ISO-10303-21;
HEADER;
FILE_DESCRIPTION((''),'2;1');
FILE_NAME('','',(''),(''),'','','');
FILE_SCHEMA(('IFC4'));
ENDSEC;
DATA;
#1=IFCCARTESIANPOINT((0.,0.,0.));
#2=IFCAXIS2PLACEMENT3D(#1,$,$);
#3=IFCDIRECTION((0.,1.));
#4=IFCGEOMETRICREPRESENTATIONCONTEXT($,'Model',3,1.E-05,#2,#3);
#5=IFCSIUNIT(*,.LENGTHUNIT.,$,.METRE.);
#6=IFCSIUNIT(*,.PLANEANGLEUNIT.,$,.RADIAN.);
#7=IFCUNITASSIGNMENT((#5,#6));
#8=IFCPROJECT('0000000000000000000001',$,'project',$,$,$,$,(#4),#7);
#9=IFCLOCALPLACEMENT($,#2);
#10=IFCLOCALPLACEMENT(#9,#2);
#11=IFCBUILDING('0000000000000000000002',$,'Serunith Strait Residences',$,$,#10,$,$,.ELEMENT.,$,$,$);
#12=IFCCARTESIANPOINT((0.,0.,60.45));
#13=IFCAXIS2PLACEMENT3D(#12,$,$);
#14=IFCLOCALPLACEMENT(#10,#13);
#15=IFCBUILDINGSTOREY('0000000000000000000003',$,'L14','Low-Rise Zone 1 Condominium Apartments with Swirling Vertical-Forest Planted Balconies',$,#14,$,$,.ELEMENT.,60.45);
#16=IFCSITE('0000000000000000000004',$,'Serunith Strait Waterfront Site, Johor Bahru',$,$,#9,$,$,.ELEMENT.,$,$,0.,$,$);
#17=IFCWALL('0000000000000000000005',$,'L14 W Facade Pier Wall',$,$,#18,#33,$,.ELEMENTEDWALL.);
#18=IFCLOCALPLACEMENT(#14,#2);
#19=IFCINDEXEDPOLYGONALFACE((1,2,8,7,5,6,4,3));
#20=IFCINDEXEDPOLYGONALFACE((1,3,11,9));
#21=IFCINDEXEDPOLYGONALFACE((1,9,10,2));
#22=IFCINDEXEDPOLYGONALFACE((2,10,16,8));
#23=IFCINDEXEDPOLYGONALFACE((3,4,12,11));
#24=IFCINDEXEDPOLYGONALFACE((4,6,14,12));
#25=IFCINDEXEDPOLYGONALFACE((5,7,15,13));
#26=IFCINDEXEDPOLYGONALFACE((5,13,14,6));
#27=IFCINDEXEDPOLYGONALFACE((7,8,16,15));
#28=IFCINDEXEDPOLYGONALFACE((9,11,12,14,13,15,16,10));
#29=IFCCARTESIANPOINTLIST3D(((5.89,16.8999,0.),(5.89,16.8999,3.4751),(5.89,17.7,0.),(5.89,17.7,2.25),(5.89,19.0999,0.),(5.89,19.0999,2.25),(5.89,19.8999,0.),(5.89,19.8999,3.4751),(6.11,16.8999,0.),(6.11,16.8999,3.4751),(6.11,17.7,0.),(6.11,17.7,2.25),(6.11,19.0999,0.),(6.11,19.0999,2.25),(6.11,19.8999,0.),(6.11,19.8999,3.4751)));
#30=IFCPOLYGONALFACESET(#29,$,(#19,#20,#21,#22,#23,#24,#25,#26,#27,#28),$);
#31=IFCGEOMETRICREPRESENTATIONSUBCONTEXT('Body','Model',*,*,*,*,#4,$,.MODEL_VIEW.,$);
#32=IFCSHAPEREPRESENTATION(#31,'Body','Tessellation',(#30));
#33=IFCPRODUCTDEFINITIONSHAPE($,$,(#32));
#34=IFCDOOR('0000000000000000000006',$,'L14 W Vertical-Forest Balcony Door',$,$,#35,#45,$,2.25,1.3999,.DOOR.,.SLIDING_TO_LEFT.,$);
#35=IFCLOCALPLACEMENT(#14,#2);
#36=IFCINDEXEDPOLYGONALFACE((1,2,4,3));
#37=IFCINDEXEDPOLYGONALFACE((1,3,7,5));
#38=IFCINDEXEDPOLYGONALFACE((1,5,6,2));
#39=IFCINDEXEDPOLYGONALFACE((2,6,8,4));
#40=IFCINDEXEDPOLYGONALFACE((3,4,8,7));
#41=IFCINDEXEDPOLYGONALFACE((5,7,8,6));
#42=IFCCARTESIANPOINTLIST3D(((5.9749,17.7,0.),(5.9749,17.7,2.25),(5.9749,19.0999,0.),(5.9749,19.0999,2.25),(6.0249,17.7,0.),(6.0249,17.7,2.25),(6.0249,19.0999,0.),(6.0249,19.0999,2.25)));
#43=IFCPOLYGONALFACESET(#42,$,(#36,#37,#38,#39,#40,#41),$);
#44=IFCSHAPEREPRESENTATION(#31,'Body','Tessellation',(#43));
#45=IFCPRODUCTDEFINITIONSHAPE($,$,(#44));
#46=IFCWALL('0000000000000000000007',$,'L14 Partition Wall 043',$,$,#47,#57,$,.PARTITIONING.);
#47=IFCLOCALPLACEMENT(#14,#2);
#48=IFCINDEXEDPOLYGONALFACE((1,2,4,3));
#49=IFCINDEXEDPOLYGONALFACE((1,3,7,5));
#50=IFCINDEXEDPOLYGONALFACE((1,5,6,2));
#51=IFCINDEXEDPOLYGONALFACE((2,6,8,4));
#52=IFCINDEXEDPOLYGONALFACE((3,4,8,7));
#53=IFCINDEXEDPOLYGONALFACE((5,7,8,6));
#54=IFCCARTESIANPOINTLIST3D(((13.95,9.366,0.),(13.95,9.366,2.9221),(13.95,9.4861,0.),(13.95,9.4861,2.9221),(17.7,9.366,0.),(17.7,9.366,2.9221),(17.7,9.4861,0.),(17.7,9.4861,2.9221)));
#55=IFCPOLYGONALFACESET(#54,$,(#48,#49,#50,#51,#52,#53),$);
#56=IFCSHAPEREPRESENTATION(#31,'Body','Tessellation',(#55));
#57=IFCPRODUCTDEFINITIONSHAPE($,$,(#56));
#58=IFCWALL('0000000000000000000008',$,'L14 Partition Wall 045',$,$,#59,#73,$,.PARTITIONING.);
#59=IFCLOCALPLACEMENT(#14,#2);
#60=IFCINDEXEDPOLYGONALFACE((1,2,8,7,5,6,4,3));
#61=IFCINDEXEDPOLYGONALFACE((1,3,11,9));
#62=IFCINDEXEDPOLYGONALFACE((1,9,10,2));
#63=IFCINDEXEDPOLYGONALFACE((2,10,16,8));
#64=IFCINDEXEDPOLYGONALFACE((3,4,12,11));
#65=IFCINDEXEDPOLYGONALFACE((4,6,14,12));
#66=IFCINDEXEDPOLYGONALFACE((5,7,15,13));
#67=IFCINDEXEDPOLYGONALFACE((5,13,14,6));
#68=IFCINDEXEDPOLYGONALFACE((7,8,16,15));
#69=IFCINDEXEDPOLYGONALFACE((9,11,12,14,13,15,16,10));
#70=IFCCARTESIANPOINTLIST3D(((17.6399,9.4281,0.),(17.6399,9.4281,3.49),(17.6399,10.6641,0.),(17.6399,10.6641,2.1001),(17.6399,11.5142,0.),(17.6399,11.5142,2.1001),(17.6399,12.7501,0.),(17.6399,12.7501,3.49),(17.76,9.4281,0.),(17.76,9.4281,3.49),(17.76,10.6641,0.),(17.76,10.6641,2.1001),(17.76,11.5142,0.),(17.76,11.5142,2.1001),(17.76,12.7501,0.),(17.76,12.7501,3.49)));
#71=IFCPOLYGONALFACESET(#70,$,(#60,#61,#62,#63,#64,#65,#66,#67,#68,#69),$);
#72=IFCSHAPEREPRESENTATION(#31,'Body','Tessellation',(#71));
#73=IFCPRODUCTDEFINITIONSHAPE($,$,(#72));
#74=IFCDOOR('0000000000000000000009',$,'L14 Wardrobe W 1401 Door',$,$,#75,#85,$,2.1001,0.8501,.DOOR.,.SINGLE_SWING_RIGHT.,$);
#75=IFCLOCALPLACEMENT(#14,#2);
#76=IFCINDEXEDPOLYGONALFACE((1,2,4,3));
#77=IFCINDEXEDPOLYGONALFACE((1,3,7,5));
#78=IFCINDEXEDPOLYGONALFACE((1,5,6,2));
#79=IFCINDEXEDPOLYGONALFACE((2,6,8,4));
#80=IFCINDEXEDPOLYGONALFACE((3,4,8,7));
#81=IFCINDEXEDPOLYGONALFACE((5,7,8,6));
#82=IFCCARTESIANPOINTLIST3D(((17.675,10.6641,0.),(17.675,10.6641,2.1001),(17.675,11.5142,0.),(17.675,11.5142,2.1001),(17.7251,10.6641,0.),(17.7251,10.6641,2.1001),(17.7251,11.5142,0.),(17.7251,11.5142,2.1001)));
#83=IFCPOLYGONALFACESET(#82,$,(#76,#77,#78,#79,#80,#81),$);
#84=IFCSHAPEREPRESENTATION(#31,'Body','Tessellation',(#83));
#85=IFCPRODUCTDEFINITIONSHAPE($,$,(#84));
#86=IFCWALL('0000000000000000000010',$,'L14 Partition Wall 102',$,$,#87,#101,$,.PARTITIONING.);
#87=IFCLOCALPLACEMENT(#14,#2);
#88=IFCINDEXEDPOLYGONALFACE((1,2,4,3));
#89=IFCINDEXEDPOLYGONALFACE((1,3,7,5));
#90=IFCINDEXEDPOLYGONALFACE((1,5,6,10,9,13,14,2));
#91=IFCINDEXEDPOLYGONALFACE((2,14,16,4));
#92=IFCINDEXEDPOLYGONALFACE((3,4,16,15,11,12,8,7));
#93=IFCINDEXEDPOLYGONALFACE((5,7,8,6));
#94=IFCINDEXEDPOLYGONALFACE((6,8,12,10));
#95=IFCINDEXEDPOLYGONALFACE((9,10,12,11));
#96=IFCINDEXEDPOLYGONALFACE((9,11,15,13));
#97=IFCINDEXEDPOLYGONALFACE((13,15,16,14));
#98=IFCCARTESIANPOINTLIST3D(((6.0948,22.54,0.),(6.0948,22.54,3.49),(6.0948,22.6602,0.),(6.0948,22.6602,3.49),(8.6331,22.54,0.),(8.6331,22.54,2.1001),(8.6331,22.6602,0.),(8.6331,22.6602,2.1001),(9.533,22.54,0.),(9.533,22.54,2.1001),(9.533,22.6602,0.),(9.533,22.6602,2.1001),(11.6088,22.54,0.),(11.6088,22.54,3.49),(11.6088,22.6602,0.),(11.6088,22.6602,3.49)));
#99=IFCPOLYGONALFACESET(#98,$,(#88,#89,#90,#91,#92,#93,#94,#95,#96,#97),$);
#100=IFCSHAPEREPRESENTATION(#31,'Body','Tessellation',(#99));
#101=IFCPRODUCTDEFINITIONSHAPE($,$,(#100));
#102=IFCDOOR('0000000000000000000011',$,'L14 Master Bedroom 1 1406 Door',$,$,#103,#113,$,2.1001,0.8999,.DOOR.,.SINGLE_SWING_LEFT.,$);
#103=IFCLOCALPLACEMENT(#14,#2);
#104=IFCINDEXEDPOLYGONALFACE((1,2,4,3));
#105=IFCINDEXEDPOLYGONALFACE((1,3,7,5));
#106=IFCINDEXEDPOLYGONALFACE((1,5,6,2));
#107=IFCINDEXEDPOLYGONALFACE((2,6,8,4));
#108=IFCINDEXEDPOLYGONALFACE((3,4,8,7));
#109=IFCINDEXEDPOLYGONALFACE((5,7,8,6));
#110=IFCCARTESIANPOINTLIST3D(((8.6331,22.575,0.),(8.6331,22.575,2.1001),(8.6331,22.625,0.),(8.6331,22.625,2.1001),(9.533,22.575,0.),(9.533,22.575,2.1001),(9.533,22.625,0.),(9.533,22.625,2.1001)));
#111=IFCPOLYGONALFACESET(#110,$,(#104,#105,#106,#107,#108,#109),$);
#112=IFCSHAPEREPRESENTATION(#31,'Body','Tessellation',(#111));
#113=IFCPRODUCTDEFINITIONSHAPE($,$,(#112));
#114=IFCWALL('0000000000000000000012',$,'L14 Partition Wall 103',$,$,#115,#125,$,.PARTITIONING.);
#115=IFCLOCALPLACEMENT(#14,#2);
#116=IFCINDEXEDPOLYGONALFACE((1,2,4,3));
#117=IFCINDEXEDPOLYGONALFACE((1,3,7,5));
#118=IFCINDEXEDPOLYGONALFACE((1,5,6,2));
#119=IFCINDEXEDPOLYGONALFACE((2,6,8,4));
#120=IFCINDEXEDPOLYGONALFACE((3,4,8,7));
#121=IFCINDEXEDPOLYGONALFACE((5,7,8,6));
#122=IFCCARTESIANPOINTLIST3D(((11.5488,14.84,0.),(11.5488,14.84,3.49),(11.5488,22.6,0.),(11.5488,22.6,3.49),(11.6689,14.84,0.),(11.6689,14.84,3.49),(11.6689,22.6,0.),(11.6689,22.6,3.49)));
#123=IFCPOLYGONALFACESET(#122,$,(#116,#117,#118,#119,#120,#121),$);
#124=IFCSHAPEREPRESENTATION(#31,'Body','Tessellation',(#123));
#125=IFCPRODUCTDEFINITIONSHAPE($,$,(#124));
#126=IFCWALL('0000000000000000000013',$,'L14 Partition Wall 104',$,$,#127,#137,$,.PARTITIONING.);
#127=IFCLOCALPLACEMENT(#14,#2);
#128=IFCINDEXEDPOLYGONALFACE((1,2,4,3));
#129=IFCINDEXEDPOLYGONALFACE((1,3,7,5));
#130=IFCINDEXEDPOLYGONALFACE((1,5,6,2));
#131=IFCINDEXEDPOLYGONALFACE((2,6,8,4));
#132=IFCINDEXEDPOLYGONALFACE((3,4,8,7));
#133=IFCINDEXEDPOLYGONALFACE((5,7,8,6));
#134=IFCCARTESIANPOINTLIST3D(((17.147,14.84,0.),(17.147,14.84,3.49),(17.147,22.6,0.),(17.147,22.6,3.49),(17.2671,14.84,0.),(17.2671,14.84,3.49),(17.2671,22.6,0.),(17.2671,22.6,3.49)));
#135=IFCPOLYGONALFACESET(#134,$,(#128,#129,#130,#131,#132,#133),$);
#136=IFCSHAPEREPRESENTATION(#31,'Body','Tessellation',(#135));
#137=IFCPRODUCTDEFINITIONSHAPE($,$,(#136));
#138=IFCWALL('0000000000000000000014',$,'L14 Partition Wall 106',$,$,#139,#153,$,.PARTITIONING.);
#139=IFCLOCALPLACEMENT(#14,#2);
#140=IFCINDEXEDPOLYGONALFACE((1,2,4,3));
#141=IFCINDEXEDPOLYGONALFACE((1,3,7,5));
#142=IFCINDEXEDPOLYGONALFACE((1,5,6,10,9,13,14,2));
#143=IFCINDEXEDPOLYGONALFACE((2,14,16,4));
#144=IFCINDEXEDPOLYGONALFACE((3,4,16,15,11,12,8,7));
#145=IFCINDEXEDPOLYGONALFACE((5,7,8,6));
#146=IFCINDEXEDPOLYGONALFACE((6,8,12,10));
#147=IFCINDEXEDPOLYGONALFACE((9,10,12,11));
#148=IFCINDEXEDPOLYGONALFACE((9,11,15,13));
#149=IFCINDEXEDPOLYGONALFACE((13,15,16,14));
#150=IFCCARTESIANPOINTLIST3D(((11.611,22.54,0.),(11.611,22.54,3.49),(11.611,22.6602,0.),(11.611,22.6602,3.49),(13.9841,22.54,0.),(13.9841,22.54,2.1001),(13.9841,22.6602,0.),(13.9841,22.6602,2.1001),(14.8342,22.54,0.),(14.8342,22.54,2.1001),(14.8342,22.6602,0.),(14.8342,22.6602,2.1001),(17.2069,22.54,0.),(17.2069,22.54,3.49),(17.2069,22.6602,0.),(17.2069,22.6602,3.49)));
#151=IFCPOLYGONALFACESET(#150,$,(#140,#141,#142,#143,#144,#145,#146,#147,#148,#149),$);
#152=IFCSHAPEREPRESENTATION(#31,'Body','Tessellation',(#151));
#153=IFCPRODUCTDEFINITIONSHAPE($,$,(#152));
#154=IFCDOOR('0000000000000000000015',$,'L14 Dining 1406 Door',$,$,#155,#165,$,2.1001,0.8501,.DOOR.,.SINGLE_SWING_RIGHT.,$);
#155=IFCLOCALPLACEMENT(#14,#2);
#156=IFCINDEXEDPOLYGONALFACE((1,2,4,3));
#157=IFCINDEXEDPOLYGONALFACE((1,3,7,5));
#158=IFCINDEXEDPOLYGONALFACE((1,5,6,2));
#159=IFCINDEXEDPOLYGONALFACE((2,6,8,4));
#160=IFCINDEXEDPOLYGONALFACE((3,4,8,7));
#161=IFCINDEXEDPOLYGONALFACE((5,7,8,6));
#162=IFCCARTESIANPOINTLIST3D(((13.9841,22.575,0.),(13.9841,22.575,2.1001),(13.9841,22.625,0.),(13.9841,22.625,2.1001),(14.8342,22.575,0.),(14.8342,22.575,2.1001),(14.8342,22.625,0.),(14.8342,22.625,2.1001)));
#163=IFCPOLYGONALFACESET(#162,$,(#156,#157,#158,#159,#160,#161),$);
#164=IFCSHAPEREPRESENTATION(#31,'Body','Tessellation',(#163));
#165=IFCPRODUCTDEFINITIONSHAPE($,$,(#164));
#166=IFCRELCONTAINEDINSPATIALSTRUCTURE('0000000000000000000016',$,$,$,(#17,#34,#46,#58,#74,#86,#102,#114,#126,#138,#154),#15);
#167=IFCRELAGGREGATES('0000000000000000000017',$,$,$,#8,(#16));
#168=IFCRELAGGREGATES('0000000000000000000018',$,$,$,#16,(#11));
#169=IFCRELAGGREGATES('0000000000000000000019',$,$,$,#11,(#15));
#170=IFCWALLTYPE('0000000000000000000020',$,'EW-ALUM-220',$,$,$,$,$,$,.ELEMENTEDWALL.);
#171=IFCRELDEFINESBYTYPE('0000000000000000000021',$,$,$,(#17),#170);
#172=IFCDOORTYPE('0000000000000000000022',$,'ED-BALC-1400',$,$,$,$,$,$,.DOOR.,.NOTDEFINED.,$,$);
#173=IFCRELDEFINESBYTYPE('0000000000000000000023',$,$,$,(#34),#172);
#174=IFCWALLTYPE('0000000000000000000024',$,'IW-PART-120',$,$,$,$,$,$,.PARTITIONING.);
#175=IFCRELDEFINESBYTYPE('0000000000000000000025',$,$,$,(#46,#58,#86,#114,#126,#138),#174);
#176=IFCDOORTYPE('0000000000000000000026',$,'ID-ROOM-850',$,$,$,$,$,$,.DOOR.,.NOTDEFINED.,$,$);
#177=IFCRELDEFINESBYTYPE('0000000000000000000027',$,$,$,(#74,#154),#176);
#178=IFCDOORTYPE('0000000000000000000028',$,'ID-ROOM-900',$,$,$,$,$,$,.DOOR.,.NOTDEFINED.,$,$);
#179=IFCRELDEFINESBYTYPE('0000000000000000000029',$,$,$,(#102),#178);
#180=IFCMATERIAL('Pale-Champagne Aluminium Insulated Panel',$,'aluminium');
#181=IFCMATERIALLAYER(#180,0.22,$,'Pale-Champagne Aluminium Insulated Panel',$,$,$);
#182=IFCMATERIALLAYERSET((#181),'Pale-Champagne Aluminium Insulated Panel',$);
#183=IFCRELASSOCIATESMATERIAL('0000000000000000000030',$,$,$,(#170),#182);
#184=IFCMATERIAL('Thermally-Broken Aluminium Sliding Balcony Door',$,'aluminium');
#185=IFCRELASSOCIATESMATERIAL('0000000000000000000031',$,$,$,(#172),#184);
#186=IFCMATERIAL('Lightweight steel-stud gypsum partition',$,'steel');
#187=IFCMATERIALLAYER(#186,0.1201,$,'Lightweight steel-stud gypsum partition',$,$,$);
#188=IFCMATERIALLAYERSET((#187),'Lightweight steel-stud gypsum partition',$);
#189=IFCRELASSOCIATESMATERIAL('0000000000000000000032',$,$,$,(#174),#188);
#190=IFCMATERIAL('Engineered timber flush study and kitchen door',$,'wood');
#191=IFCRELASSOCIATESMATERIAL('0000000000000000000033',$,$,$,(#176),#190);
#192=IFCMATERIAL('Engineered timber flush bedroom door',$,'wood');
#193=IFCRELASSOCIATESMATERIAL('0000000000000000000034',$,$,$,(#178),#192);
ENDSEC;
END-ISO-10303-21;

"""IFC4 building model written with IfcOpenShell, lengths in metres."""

from ifc_helpers import new_model, si_unit, direction, frame, frame_2d, origin, place, context, subcontext, project, spatial, rectangle, extrude, source, transform, mapped, material, layer, layer_set, type_object, element, fill, save


model = new_model("IFC4")

# Units and contexts
model_context = context("Model", 3, precision=1e-05, world=origin(), true_north=direction((0.0, 1.0)))
body_context = subcontext(model_context, "Body", "Model", "MODEL_VIEW")
ifc_project = project(units=[si_unit("LENGTHUNIT", "METRE"), si_unit("PLANEANGLEUNIT", "RADIAN")], contexts=[model_context])

# Site, building, storey
site_placement = place(None, origin())
site = spatial("IfcSite", under=ifc_project, at=site_placement, Name="Serunith Strait Waterfront Site, Johor Bahru", CompositionType="ELEMENT", RefElevation=0.0)
building_placement = place(site_placement, origin())
building = spatial("IfcBuilding", under=site, at=building_placement, Name="Serunith Strait Residences", CompositionType="ELEMENT")
storey_placement = place(building_placement, frame((0.0, 0.0, 60.45)))
storey = spatial("IfcBuildingStorey", under=building, at=storey_placement, Name="L14", Description="Low-Rise Zone 1 Condominium Apartments with Swirling Vertical-Forest Planted Balconies", CompositionType="ELEMENT", Elevation=60.45)

# Wall, opening, door
ifc_material_1 = material(Name="Pale-Champagne Aluminium Insulated Panel", Category="aluminium")
ifc_layer_1 = layer(ifc_material_1, 0.22, Name="Pale-Champagne Aluminium Insulated Panel")
ifc_layer_set_1 = layer_set([ifc_layer_1], Name="Pale-Champagne Aluminium Insulated Panel")
wall_type_1 = type_object("IfcWallType", Name="EW-ALUM-220", PredefinedType="ELEMENTEDWALL", material=ifc_layer_set_1)
wall_1_placement = place(storey_placement, frame((6.0, 19.8999, 0.0), z_axis=(0.0, 0.0, 1.0), x_axis=(0.0, -1.0, 0.0)))
wall_1 = element("IfcWall", 1, at=wall_1_placement, inside=storey, type_object=wall_type_1, Name="L14 W Facade Pier Wall", PredefinedType="ELEMENTEDWALL", context=body_context, shape_type="SweptSolid", body=[
    extrude(rectangle(XDim=3.0, YDim=0.22, at=frame_2d((1.5, 0.0))), origin(), (0.0, 0.0, 1.0), 3.4751),
])
opening_1_placement = place(wall_1_placement, frame((0.8, 0.0, 0.0)))
opening_1 = element("IfcOpeningElement", 2, at=opening_1_placement, cuts=wall_1, PredefinedType="OPENING", context=body_context, shape_type="SweptSolid", body=[
    extrude(rectangle(XDim=1.3999, YDim=2.25, at=frame_2d((0.7, 1.125))), frame((0.0, 0.1201, 0.0), z_axis=(0.0, -1.0, 0.0), x_axis=(1.0, 0.0, 0.0)), (0.0, 0.0, 1.0), 0.24),
])
ifc_material_2 = material(Name="Thermally-Broken Aluminium Sliding Balcony Door", Category="aluminium")
door_type_1 = type_object("IfcDoorType", Name="ED-BALC-1400", OperationType="NOTDEFINED", PredefinedType="DOOR", material=ifc_material_2)
shared_shape_1 = source(origin(), body_context, "Body", "SweptSolid", [
    extrude(rectangle(XDim=1.3999, YDim=2.25, at=frame_2d((0.7, 1.125))), frame((0.0, 0.0249, 0.0), z_axis=(0.0, -1.0, 0.0), x_axis=(1.0, 0.0, 0.0)), (0.0, 0.0, 1.0), 0.05),
])
door_1_placement = place(opening_1_placement, origin())
door_1 = element("IfcDoor", 3, at=door_1_placement, inside=storey, type_object=door_type_1, Name="L14 W Vertical-Forest Balcony Door", OperationType="SLIDING_TO_LEFT", OverallHeight=2.25, OverallWidth=1.3999, PredefinedType="DOOR", context=body_context, shape_type="MappedRepresentation", body=[
    mapped(shared_shape_1, transform((0.0, 0.0, 0.0), scale=1.0)),
])
fill(opening_1, door_1)

# Wall
ifc_material_3 = material(Name="Lightweight steel-stud gypsum partition", Category="steel")
ifc_layer_2 = layer(ifc_material_3, 0.1201, Name="Lightweight steel-stud gypsum partition")
ifc_layer_set_2 = layer_set([ifc_layer_2], Name="Lightweight steel-stud gypsum partition")
wall_type_2 = type_object("IfcWallType", Name="IW-PART-120", PredefinedType="PARTITIONING", material=ifc_layer_set_2)
wall_2_placement = place(storey_placement, frame((13.95, 9.426, 0.0), z_axis=(0.0, 0.0, 1.0), x_axis=(1.0, 0.0, 0.0)))
element("IfcWall", 4, at=wall_2_placement, inside=storey, type_object=wall_type_2, Name="L14 Partition Wall 043", PredefinedType="PARTITIONING", context=body_context, shape_type="SweptSolid", body=[
    extrude(rectangle(XDim=3.75, YDim=0.1201, at=frame_2d((1.875, 0.0))), origin(), (0.0, 0.0, 1.0), 2.9221),
])

# Walls, openings, doors
wall_3_placement = place(storey_placement, frame((17.7, 9.428, 0.0), z_axis=(0.0, 0.0, 1.0), x_axis=(0.0, 1.0, 0.0)))
wall_3 = element("IfcWall", 5, at=wall_3_placement, inside=storey, type_object=wall_type_2, Name="L14 Partition Wall 045", PredefinedType="PARTITIONING", context=body_context, shape_type="SweptSolid", body=[
    extrude(rectangle(XDim=3.322, YDim=0.1201, at=frame_2d((1.6611, 0.0))), origin(), (0.0, 0.0, 1.0), 3.49),
])
opening_2_placement = place(wall_3_placement, frame((1.2361, 0.0, 0.0)))
opening_2 = element("IfcOpeningElement", 6, at=opening_2_placement, cuts=wall_3, PredefinedType="OPENING", context=body_context, shape_type="SweptSolid", body=[
    extrude(rectangle(XDim=0.8501, YDim=2.1001, at=frame_2d((0.425, 1.05))), frame((0.0, 0.0701, 0.0), z_axis=(0.0, -1.0, 0.0), x_axis=(1.0, 0.0, 0.0)), (0.0, 0.0, 1.0), 0.1401),
])
ifc_material_4 = material(Name="Engineered timber flush study and kitchen door", Category="wood")
door_type_2 = type_object("IfcDoorType", Name="ID-ROOM-850", OperationType="NOTDEFINED", PredefinedType="DOOR", material=ifc_material_4)
shared_shape_2 = source(origin(), body_context, "Body", "SweptSolid", [
    extrude(rectangle(XDim=0.8501, YDim=2.1001, at=frame_2d((0.425, 1.05))), frame((0.0, 0.0249, 0.0), z_axis=(0.0, -1.0, 0.0), x_axis=(1.0, 0.0, 0.0)), (0.0, 0.0, 1.0), 0.05),
])
door_2_placement = place(opening_2_placement, origin())
door_2 = element("IfcDoor", 7, at=door_2_placement, inside=storey, type_object=door_type_2, Name="L14 Wardrobe W 1401 Door", OperationType="SINGLE_SWING_RIGHT", OverallHeight=2.1001, OverallWidth=0.8501, PredefinedType="DOOR", context=body_context, shape_type="MappedRepresentation", body=[
    mapped(shared_shape_2, transform((0.0, 0.0, 0.0), scale=1.0)),
])
fill(opening_2, door_2)
wall_4_placement = place(storey_placement, frame((6.095, 22.6001, 0.0), z_axis=(0.0, 0.0, 1.0), x_axis=(1.0, 0.0, 0.0)))
wall_4 = element("IfcWall", 8, at=wall_4_placement, inside=storey, type_object=wall_type_2, Name="L14 Partition Wall 102", PredefinedType="PARTITIONING", context=body_context, shape_type="SweptSolid", body=[
    extrude(rectangle(XDim=5.5139, YDim=0.1201, at=frame_2d((2.7568, 0.0))), origin(), (0.0, 0.0, 1.0), 3.49),
])
opening_3_placement = place(wall_4_placement, frame((2.5381, 0.0, 0.0)))
opening_3 = element("IfcOpeningElement", 9, at=opening_3_placement, cuts=wall_4, PredefinedType="OPENING", context=body_context, shape_type="SweptSolid", body=[
    extrude(rectangle(XDim=0.8999, YDim=2.1001, at=frame_2d((0.45, 1.05))), frame((0.0, 0.0701, 0.0), z_axis=(0.0, -1.0, 0.0), x_axis=(1.0, 0.0, 0.0)), (0.0, 0.0, 1.0), 0.1401),
])
ifc_material_5 = material(Name="Engineered timber flush bedroom door", Category="wood")
door_type_3 = type_object("IfcDoorType", Name="ID-ROOM-900", OperationType="NOTDEFINED", PredefinedType="DOOR", material=ifc_material_5)
shared_shape_3 = source(origin(), body_context, "Body", "SweptSolid", [
    extrude(rectangle(XDim=0.8999, YDim=2.1001, at=frame_2d((0.45, 1.05))), frame((0.0, 0.0249, 0.0), z_axis=(0.0, -1.0, 0.0), x_axis=(1.0, 0.0, 0.0)), (0.0, 0.0, 1.0), 0.05),
])
door_3_placement = place(opening_3_placement, origin())
door_3 = element("IfcDoor", 10, at=door_3_placement, inside=storey, type_object=door_type_3, Name="L14 Master Bedroom 1 1406 Door", OperationType="SINGLE_SWING_LEFT", OverallHeight=2.1001, OverallWidth=0.8999, PredefinedType="DOOR", context=body_context, shape_type="MappedRepresentation", body=[
    mapped(shared_shape_3, transform((0.0, 0.0, 0.0), scale=1.0)),
])
fill(opening_3, door_3)

# Walls
for number, where, z_axis, x_axis, name in (
    (11, (11.6089, 14.8401, 0.0), (0.0, 0.0, 1.0), (0.0, 1.0, 0.0), "L14 Partition Wall 103"),
    (12, (17.207, 14.8401, 0.0), (0.0, 0.0, 1.0), (0.0, 1.0, 0.0), "L14 Partition Wall 104"),
):
    element("IfcWall", number, at=place(storey_placement, frame(where, z_axis=z_axis, x_axis=x_axis)), inside=storey, type_object=wall_type_2, Name=name, PredefinedType="PARTITIONING", context=body_context, shape_type="SweptSolid", body=[
        extrude(rectangle(XDim=7.76, YDim=0.1201, at=frame_2d((3.8799, 0.0))), origin(), (0.0, 0.0, 1.0), 3.49),
    ])

# Wall, opening, door
wall_5_placement = place(storey_placement, frame((11.6111, 22.6001, 0.0), z_axis=(0.0, 0.0, 1.0), x_axis=(1.0, 0.0, 0.0)))
wall_5 = element("IfcWall", 13, at=wall_5_placement, inside=storey, type_object=wall_type_2, Name="L14 Partition Wall 106", PredefinedType="PARTITIONING", context=body_context, shape_type="SweptSolid", body=[
    extrude(rectangle(XDim=5.5959, YDim=0.1201, at=frame_2d((2.7979, 0.0))), origin(), (0.0, 0.0, 1.0), 3.49),
])
opening_4_placement = place(wall_5_placement, frame((2.373, 0.0, 0.0)))
opening_4 = element("IfcOpeningElement", 14, at=opening_4_placement, cuts=wall_5, PredefinedType="OPENING", context=body_context, shape_type="SweptSolid", body=[
    extrude(rectangle(XDim=0.8501, YDim=2.1001, at=frame_2d((0.425, 1.05))), frame((0.0, 0.0701, 0.0), z_axis=(0.0, -1.0, 0.0), x_axis=(1.0, 0.0, 0.0)), (0.0, 0.0, 1.0), 0.1401),
])
door_4_placement = place(opening_4_placement, origin())
door_4 = element("IfcDoor", 15, at=door_4_placement, inside=storey, type_object=door_type_2, Name="L14 Dining 1406 Door", OperationType="SINGLE_SWING_RIGHT", OverallHeight=2.1001, OverallWidth=0.8501, PredefinedType="DOOR", context=body_context, shape_type="MappedRepresentation", body=[
    mapped(shared_shape_2, transform((0.0, 0.0, 0.0), scale=1.0)),
])
fill(opening_4, door_4)

save(model, "model.ifc")
